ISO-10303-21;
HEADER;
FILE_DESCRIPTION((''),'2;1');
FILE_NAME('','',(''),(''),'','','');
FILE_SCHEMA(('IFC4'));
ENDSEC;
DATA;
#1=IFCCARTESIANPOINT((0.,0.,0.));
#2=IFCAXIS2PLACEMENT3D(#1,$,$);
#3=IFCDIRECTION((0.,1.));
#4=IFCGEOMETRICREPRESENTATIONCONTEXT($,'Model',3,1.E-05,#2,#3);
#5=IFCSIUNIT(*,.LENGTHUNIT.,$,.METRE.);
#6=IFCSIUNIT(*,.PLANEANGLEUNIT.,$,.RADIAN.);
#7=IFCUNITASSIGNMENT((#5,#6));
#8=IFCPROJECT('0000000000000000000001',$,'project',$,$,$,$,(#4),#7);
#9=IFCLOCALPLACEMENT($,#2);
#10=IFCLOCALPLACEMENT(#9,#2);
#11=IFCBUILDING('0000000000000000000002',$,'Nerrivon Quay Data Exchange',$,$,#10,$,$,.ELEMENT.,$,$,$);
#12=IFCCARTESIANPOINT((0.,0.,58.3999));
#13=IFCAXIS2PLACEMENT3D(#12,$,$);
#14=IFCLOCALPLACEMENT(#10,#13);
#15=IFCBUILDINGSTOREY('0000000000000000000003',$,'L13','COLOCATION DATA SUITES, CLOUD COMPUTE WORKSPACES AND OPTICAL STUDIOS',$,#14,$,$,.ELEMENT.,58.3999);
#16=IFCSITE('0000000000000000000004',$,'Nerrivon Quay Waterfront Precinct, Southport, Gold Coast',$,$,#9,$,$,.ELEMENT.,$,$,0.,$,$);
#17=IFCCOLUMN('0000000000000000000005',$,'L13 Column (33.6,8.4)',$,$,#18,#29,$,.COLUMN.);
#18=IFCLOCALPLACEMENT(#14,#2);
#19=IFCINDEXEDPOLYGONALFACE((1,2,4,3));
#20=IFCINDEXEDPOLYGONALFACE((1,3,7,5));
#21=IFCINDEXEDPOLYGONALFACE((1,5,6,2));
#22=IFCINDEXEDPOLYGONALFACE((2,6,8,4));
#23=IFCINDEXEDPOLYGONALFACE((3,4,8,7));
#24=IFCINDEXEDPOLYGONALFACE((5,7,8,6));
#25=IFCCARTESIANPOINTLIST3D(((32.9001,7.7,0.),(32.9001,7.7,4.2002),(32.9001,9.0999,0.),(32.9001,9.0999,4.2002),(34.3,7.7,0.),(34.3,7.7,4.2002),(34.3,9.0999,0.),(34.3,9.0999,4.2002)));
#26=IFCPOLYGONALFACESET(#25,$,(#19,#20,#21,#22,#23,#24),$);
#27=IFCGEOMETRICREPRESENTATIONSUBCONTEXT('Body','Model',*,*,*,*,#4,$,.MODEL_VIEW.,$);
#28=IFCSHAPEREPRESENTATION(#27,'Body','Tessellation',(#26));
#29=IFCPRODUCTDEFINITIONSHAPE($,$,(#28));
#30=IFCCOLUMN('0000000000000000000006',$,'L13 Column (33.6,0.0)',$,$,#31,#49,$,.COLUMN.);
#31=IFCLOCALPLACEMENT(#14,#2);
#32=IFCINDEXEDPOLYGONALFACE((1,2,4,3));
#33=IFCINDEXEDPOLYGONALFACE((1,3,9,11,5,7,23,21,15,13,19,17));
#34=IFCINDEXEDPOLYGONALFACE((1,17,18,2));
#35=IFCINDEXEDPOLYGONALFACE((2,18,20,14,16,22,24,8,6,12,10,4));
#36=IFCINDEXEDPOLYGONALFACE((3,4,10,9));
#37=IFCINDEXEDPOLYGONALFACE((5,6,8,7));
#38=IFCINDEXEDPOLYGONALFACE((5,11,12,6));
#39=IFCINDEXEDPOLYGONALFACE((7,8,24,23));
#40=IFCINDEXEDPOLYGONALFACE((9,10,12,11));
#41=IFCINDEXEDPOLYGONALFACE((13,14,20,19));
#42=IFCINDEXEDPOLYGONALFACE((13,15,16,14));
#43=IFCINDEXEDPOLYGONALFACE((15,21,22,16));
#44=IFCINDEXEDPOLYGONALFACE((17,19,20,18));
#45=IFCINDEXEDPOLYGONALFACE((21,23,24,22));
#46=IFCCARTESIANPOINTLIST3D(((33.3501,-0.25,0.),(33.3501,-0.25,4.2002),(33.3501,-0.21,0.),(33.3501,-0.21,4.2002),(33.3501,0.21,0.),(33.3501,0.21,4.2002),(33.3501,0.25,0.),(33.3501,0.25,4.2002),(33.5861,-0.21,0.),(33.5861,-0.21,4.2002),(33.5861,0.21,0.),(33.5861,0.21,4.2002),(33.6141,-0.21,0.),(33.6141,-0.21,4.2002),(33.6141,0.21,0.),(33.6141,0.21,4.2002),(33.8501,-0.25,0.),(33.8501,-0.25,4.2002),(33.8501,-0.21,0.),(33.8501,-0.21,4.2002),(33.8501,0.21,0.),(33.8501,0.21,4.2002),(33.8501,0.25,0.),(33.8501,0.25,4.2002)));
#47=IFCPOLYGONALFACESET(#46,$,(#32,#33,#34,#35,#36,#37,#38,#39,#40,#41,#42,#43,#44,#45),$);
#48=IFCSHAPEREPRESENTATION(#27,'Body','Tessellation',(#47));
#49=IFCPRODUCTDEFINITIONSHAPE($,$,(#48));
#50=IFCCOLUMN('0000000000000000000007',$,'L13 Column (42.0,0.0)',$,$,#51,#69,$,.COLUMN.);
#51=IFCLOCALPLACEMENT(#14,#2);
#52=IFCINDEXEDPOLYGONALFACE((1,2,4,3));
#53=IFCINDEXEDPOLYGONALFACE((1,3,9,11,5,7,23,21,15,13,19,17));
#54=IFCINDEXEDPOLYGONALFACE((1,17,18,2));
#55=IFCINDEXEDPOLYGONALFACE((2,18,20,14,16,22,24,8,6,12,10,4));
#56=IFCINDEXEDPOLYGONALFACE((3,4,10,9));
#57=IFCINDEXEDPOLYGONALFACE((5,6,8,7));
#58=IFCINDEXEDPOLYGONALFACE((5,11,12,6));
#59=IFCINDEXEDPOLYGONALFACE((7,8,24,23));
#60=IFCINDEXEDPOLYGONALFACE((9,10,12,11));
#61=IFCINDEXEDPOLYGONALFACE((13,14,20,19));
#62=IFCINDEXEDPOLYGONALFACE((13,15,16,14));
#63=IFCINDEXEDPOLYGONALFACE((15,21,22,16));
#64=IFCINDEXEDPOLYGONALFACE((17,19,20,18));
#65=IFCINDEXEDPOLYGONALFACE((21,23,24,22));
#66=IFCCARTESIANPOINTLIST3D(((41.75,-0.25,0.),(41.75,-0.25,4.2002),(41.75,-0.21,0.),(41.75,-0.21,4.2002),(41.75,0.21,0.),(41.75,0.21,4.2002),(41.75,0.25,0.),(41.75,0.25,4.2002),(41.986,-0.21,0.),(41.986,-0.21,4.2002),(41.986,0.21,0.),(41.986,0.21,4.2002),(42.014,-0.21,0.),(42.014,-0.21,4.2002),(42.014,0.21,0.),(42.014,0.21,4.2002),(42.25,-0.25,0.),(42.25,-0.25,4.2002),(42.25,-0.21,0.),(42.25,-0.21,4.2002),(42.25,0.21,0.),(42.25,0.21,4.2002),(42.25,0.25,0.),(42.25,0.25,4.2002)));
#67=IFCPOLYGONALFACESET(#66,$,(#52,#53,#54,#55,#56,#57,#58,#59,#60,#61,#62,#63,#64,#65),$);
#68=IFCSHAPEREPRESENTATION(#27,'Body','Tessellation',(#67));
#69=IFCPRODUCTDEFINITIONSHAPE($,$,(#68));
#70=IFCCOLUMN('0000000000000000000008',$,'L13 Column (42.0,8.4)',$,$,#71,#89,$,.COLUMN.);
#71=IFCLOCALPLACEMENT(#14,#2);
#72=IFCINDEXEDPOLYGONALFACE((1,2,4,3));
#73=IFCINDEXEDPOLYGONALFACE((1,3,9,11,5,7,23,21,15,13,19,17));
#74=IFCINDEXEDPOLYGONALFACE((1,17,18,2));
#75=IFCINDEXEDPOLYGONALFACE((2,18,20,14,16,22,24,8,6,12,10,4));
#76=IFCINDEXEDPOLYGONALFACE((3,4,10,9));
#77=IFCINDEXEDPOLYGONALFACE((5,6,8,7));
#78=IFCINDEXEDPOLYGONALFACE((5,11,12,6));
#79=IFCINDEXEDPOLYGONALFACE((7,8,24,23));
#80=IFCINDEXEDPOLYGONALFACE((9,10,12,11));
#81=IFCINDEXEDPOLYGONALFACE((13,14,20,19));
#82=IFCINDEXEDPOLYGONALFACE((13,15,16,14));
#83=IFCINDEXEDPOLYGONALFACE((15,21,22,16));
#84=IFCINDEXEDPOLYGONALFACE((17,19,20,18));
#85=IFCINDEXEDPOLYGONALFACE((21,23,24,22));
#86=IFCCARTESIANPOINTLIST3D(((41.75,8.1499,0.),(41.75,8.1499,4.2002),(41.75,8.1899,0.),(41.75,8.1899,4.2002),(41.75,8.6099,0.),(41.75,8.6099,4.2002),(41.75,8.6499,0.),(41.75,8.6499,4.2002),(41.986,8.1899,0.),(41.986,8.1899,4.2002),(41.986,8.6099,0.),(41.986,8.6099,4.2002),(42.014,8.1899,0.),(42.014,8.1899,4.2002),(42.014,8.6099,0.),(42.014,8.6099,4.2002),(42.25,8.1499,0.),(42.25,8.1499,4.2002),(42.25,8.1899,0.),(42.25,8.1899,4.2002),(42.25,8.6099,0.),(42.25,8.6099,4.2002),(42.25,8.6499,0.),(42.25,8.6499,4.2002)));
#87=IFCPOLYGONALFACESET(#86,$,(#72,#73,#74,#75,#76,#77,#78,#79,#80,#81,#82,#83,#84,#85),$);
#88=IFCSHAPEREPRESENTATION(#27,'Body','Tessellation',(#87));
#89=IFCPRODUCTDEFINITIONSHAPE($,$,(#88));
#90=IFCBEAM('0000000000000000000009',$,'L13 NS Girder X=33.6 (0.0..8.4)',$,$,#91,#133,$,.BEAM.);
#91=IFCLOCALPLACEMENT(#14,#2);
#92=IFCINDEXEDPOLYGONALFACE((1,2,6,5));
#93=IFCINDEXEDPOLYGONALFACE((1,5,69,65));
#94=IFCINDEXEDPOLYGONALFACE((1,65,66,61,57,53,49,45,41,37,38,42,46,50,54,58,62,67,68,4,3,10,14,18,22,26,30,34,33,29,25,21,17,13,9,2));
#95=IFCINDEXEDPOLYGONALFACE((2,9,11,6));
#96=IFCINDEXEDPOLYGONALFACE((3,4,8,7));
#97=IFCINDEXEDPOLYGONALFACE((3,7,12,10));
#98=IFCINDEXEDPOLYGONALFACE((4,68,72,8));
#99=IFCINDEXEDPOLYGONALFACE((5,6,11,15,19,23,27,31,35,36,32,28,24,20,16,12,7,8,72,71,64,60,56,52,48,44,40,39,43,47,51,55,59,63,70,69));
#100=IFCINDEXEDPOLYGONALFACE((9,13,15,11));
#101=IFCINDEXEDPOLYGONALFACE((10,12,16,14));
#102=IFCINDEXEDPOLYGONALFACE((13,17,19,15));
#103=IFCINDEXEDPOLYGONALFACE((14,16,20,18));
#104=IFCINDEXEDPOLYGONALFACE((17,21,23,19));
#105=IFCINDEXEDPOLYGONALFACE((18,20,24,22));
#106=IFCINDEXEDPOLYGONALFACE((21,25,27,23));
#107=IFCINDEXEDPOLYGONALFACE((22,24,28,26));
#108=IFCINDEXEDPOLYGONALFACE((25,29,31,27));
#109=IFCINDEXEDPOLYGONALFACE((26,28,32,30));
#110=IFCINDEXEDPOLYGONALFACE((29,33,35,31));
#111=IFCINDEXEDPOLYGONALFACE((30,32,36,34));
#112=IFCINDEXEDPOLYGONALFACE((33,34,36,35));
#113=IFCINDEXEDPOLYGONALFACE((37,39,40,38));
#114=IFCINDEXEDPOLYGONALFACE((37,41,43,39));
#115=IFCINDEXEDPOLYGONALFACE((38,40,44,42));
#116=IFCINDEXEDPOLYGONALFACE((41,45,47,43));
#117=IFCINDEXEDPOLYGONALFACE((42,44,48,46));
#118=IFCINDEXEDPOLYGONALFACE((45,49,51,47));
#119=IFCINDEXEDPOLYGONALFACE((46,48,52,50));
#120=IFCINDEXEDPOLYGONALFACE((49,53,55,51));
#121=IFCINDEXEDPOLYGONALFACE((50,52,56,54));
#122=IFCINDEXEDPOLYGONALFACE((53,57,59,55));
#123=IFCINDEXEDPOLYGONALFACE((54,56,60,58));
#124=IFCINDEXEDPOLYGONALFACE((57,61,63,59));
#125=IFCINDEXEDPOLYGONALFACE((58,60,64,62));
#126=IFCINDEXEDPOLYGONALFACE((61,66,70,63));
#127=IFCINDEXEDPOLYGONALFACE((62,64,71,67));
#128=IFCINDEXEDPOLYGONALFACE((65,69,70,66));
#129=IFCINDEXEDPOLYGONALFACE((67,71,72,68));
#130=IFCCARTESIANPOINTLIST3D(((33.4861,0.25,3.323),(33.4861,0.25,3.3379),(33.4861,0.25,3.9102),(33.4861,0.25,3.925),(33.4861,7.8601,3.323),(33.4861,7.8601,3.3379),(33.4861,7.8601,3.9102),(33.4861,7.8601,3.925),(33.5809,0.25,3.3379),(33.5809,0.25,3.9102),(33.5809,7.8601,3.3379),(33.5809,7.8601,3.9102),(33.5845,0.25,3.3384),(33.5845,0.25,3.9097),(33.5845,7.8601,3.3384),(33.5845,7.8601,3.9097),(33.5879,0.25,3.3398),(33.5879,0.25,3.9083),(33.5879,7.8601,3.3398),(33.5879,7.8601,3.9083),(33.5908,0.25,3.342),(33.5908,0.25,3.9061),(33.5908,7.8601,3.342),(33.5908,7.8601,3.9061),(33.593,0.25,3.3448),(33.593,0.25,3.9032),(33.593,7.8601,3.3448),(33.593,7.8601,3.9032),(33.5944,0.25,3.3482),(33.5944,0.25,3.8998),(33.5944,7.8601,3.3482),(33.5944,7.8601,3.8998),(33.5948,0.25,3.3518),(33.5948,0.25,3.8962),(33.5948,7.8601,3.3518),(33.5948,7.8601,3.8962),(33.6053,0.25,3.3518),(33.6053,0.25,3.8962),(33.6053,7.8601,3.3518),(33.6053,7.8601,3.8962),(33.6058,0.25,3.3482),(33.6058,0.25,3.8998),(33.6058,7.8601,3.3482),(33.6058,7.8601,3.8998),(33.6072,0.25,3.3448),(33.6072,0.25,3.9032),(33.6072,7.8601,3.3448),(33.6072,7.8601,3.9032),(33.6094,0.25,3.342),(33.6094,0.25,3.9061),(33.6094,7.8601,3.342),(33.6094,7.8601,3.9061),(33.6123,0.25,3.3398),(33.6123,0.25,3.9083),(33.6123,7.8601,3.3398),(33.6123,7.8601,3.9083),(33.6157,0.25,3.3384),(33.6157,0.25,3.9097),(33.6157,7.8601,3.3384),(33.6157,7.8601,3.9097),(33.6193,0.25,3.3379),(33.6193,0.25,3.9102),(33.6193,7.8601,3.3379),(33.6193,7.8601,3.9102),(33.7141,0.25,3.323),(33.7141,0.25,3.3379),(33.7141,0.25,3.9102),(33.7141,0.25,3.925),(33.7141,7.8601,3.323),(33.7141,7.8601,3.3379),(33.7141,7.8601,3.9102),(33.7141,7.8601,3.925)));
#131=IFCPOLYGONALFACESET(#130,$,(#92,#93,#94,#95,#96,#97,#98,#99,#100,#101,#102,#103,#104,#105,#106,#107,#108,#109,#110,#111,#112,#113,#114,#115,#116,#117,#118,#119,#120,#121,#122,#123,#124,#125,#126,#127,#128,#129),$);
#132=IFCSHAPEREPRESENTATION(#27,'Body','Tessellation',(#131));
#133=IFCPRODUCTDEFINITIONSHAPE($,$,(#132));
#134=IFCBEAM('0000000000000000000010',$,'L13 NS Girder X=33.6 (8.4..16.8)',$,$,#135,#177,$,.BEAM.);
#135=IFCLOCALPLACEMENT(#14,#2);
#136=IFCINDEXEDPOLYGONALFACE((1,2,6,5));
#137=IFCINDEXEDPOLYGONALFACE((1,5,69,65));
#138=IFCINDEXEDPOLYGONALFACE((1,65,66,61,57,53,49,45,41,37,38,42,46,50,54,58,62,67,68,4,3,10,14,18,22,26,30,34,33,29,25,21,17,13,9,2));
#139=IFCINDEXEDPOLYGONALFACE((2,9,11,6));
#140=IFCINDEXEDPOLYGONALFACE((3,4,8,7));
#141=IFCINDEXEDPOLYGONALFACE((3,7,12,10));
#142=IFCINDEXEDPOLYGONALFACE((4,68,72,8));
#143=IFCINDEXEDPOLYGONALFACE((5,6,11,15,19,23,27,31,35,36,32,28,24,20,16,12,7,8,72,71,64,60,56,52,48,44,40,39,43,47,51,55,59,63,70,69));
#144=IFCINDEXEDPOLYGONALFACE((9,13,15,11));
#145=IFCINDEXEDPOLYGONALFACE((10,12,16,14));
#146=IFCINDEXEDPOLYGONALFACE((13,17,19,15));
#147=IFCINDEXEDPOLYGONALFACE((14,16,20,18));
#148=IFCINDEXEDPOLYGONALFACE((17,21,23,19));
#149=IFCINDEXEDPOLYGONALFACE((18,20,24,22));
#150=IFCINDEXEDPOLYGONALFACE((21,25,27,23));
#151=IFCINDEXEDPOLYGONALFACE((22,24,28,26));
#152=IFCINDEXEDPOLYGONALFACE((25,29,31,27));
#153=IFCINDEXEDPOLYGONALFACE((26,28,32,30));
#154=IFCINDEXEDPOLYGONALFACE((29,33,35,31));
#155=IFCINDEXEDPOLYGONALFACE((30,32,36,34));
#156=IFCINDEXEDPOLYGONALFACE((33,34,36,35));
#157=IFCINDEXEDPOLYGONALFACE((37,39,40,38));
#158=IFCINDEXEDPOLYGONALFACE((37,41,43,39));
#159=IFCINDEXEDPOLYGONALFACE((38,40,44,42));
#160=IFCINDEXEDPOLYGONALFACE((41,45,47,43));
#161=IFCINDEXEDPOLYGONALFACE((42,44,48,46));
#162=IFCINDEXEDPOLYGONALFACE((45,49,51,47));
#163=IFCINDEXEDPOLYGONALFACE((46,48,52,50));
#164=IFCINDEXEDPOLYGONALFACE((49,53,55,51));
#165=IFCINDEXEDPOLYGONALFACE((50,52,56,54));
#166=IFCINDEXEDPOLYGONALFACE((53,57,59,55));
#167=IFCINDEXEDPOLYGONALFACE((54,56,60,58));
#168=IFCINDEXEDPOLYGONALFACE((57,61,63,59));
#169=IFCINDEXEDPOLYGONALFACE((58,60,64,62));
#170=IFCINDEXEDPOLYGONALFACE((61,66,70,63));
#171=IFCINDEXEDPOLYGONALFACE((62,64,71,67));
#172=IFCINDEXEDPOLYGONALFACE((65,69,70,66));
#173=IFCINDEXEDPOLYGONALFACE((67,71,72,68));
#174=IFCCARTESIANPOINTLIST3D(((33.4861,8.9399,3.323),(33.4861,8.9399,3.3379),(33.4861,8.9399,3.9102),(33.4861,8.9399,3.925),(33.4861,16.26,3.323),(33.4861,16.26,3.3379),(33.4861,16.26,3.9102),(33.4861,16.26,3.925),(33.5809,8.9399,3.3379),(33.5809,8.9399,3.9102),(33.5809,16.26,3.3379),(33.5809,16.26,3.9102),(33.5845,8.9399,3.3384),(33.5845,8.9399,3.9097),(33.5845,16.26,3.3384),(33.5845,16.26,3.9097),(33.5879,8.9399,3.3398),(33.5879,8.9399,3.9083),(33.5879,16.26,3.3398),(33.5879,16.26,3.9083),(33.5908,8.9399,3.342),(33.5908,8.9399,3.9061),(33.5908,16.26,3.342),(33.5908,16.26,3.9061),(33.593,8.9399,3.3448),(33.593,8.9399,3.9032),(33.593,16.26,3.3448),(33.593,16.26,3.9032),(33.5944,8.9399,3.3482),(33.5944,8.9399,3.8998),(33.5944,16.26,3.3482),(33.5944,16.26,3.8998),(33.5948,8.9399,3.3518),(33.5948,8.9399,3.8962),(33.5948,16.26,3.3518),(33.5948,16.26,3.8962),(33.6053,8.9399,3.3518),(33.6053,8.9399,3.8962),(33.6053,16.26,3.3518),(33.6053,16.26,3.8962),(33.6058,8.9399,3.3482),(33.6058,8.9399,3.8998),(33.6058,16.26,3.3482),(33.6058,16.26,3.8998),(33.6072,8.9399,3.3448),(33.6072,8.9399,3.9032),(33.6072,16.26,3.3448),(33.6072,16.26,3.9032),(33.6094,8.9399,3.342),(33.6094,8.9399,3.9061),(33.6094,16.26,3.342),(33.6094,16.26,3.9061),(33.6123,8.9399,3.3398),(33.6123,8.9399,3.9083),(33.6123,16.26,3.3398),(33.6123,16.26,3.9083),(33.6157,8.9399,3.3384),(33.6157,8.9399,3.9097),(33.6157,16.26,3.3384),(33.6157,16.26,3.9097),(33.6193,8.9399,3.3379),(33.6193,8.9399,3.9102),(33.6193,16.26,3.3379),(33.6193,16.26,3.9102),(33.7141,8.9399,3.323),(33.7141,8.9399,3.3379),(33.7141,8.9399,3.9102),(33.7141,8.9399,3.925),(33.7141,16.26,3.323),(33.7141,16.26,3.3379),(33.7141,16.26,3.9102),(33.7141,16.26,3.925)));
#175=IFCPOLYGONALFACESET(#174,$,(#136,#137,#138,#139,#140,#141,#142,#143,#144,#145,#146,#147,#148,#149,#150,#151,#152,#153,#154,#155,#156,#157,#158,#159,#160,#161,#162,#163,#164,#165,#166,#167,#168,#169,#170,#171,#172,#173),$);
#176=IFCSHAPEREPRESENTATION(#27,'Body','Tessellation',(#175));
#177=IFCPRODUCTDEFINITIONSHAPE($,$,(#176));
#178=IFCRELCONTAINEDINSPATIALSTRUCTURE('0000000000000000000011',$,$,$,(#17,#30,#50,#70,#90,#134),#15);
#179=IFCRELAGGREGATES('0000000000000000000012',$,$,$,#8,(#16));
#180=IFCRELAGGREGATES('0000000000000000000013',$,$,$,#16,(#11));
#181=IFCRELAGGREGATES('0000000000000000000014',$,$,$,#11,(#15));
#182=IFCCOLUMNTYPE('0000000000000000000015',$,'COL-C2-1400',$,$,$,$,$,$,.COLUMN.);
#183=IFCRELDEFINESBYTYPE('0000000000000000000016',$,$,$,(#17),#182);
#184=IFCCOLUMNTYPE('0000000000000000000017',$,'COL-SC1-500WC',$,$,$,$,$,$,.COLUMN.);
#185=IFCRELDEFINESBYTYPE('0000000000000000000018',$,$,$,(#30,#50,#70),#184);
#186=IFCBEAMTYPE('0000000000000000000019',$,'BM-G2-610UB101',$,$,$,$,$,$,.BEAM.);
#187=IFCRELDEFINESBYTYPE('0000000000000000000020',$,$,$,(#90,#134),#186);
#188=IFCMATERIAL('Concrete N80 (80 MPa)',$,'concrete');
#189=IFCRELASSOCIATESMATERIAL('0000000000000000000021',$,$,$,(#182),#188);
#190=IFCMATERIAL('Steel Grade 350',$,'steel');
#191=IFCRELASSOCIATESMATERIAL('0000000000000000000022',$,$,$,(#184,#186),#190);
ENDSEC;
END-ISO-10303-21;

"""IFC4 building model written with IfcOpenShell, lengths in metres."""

from ifc_helpers import new_model, si_unit, direction, frame, origin, origin_2d, place, context, subcontext, project, spatial, rectangle, i_section, extrude, material, material_profile, profile_set, type_object, element, save


model = new_model("IFC4")

# Units and contexts
model_context = context("Model", 3, precision=1e-05, world=origin(), true_north=direction((0.0, 1.0)))
body_context = subcontext(model_context, "Body", "Model", "MODEL_VIEW")
ifc_project = project(units=[si_unit("LENGTHUNIT", "METRE"), si_unit("PLANEANGLEUNIT", "RADIAN")], contexts=[model_context])

# Site, building, storey
site_placement = place(None, origin())
site = spatial("IfcSite", under=ifc_project, at=site_placement, Name="Nerrivon Quay Waterfront Precinct, Southport, Gold Coast", CompositionType="ELEMENT", RefElevation=0.0)
building_placement = place(site_placement, origin())
building = spatial("IfcBuilding", under=site, at=building_placement, Name="Nerrivon Quay Data Exchange", CompositionType="ELEMENT")
storey_placement = place(building_placement, frame((0.0, 0.0, 58.3999)))
storey = spatial("IfcBuildingStorey", under=building, at=storey_placement, Name="L13", Description="COLOCATION DATA SUITES, CLOUD COMPUTE WORKSPACES AND OPTICAL STUDIOS", CompositionType="ELEMENT", Elevation=58.3999)

# Columns
ifc_material_1 = material(Name="Concrete N80 (80 MPa)", Category="concrete")
ifc_material_profile_1 = material_profile(ifc_material_1, rectangle(XDim=1.3999, YDim=1.3999, at=origin_2d()), Name="RC-COL-1400x1400")
ifc_profile_set_1 = profile_set([ifc_material_profile_1], Name="Concrete N80 (80 MPa)")
column_type_1 = type_object("IfcColumnType", Name="COL-C2-1400", PredefinedType="COLUMN", material=ifc_profile_set_1)
column_placement = place(storey_placement, frame((33.6001, 8.3999, 0.0), z_axis=(0.0, 0.0, 1.0), x_axis=(1.0, 0.0, 0.0)))
element("IfcColumn", 1, at=column_placement, inside=storey, type_object=column_type_1, Name="L13 Column (33.6,8.4)", PredefinedType="COLUMN", context=body_context, shape_type="SweptSolid", body=[
    extrude(rectangle(XDim=1.3999, YDim=1.3999, at=origin_2d()), origin(), (0.0, 0.0, 1.0), 4.2002),
])
ifc_material_2 = material(Name="Steel Grade 350", Category="steel")
ifc_material_profile_2 = material_profile(ifc_material_2, i_section(OverallWidth=0.5, OverallDepth=0.5, WebThickness=0.0281, FlangeThickness=0.04, at=origin_2d()), Name="500WC440")
ifc_profile_set_2 = profile_set([ifc_material_profile_2], Name="Steel Grade 350")
column_type_2 = type_object("IfcColumnType", Name="COL-SC1-500WC", PredefinedType="COLUMN", material=ifc_profile_set_2)
for number, where, z_axis, x_axis, name in (
    (2, (33.6001, 0.0, 0.0), (0.0, 0.0, 1.0), (1.0, 0.0, 0.0), "L13 Column (33.6,0.0)"),
    (3, (42.0, 0.0, 0.0), (0.0, 0.0, 1.0), (1.0, 0.0, 0.0), "L13 Column (42.0,0.0)"),
    (4, (42.0, 8.3999, 0.0), (0.0, 0.0, 1.0), (1.0, 0.0, 0.0), "L13 Column (42.0,8.4)"),
):
    element("IfcColumn", number, at=place(storey_placement, frame(where, z_axis=z_axis, x_axis=x_axis)), inside=storey, type_object=column_type_2, Name=name, PredefinedType="COLUMN", context=body_context, shape_type="SweptSolid", body=[
        extrude(i_section(OverallWidth=0.5, OverallDepth=0.5, WebThickness=0.0281, FlangeThickness=0.04, at=origin_2d()), origin(), (0.0, 0.0, 1.0), 4.2002),
    ])

# Beams
ifc_material_profile_3 = material_profile(ifc_material_2, i_section(OverallWidth=0.228, OverallDepth=0.6021, WebThickness=0.0105, FlangeThickness=0.0149, FilletRadius=0.0139, at=origin_2d()), Name="610UB101")
ifc_profile_set_3 = profile_set([ifc_material_profile_3], Name="Steel Grade 350")
beam_type_1 = type_object("IfcBeamType", Name="BM-G2-610UB101", PredefinedType="BEAM", material=ifc_profile_set_3)
beam_1_placement = place(storey_placement, frame((33.6001, 0.25, 3.624), z_axis=(0.0, 1.0, 0.0), x_axis=(-1.0, 0.0, 0.0)))
element("IfcBeam", 5, at=beam_1_placement, inside=storey, type_object=beam_type_1, Name="L13 NS Girder X=33.6 (0.0..8.4)", PredefinedType="BEAM", context=body_context, shape_type="SweptSolid", body=[
    extrude(i_section(OverallWidth=0.228, OverallDepth=0.6021, WebThickness=0.0105, FlangeThickness=0.0149, FilletRadius=0.0139, at=origin_2d()), origin(), (0.0, 0.0, 1.0), 7.6101),
])
beam_2_placement = place(storey_placement, frame((33.6001, 8.9399, 3.624), z_axis=(0.0, 1.0, 0.0), x_axis=(-1.0, 0.0, 0.0)))
element("IfcBeam", 6, at=beam_2_placement, inside=storey, type_object=beam_type_1, Name="L13 NS Girder X=33.6 (8.4..16.8)", PredefinedType="BEAM", context=body_context, shape_type="SweptSolid", body=[
    extrude(i_section(OverallWidth=0.228, OverallDepth=0.6021, WebThickness=0.0105, FlangeThickness=0.0149, FilletRadius=0.0139, at=origin_2d()), origin(), (0.0, 0.0, 1.0), 7.3201),
])

save(model, "model.ifc")
